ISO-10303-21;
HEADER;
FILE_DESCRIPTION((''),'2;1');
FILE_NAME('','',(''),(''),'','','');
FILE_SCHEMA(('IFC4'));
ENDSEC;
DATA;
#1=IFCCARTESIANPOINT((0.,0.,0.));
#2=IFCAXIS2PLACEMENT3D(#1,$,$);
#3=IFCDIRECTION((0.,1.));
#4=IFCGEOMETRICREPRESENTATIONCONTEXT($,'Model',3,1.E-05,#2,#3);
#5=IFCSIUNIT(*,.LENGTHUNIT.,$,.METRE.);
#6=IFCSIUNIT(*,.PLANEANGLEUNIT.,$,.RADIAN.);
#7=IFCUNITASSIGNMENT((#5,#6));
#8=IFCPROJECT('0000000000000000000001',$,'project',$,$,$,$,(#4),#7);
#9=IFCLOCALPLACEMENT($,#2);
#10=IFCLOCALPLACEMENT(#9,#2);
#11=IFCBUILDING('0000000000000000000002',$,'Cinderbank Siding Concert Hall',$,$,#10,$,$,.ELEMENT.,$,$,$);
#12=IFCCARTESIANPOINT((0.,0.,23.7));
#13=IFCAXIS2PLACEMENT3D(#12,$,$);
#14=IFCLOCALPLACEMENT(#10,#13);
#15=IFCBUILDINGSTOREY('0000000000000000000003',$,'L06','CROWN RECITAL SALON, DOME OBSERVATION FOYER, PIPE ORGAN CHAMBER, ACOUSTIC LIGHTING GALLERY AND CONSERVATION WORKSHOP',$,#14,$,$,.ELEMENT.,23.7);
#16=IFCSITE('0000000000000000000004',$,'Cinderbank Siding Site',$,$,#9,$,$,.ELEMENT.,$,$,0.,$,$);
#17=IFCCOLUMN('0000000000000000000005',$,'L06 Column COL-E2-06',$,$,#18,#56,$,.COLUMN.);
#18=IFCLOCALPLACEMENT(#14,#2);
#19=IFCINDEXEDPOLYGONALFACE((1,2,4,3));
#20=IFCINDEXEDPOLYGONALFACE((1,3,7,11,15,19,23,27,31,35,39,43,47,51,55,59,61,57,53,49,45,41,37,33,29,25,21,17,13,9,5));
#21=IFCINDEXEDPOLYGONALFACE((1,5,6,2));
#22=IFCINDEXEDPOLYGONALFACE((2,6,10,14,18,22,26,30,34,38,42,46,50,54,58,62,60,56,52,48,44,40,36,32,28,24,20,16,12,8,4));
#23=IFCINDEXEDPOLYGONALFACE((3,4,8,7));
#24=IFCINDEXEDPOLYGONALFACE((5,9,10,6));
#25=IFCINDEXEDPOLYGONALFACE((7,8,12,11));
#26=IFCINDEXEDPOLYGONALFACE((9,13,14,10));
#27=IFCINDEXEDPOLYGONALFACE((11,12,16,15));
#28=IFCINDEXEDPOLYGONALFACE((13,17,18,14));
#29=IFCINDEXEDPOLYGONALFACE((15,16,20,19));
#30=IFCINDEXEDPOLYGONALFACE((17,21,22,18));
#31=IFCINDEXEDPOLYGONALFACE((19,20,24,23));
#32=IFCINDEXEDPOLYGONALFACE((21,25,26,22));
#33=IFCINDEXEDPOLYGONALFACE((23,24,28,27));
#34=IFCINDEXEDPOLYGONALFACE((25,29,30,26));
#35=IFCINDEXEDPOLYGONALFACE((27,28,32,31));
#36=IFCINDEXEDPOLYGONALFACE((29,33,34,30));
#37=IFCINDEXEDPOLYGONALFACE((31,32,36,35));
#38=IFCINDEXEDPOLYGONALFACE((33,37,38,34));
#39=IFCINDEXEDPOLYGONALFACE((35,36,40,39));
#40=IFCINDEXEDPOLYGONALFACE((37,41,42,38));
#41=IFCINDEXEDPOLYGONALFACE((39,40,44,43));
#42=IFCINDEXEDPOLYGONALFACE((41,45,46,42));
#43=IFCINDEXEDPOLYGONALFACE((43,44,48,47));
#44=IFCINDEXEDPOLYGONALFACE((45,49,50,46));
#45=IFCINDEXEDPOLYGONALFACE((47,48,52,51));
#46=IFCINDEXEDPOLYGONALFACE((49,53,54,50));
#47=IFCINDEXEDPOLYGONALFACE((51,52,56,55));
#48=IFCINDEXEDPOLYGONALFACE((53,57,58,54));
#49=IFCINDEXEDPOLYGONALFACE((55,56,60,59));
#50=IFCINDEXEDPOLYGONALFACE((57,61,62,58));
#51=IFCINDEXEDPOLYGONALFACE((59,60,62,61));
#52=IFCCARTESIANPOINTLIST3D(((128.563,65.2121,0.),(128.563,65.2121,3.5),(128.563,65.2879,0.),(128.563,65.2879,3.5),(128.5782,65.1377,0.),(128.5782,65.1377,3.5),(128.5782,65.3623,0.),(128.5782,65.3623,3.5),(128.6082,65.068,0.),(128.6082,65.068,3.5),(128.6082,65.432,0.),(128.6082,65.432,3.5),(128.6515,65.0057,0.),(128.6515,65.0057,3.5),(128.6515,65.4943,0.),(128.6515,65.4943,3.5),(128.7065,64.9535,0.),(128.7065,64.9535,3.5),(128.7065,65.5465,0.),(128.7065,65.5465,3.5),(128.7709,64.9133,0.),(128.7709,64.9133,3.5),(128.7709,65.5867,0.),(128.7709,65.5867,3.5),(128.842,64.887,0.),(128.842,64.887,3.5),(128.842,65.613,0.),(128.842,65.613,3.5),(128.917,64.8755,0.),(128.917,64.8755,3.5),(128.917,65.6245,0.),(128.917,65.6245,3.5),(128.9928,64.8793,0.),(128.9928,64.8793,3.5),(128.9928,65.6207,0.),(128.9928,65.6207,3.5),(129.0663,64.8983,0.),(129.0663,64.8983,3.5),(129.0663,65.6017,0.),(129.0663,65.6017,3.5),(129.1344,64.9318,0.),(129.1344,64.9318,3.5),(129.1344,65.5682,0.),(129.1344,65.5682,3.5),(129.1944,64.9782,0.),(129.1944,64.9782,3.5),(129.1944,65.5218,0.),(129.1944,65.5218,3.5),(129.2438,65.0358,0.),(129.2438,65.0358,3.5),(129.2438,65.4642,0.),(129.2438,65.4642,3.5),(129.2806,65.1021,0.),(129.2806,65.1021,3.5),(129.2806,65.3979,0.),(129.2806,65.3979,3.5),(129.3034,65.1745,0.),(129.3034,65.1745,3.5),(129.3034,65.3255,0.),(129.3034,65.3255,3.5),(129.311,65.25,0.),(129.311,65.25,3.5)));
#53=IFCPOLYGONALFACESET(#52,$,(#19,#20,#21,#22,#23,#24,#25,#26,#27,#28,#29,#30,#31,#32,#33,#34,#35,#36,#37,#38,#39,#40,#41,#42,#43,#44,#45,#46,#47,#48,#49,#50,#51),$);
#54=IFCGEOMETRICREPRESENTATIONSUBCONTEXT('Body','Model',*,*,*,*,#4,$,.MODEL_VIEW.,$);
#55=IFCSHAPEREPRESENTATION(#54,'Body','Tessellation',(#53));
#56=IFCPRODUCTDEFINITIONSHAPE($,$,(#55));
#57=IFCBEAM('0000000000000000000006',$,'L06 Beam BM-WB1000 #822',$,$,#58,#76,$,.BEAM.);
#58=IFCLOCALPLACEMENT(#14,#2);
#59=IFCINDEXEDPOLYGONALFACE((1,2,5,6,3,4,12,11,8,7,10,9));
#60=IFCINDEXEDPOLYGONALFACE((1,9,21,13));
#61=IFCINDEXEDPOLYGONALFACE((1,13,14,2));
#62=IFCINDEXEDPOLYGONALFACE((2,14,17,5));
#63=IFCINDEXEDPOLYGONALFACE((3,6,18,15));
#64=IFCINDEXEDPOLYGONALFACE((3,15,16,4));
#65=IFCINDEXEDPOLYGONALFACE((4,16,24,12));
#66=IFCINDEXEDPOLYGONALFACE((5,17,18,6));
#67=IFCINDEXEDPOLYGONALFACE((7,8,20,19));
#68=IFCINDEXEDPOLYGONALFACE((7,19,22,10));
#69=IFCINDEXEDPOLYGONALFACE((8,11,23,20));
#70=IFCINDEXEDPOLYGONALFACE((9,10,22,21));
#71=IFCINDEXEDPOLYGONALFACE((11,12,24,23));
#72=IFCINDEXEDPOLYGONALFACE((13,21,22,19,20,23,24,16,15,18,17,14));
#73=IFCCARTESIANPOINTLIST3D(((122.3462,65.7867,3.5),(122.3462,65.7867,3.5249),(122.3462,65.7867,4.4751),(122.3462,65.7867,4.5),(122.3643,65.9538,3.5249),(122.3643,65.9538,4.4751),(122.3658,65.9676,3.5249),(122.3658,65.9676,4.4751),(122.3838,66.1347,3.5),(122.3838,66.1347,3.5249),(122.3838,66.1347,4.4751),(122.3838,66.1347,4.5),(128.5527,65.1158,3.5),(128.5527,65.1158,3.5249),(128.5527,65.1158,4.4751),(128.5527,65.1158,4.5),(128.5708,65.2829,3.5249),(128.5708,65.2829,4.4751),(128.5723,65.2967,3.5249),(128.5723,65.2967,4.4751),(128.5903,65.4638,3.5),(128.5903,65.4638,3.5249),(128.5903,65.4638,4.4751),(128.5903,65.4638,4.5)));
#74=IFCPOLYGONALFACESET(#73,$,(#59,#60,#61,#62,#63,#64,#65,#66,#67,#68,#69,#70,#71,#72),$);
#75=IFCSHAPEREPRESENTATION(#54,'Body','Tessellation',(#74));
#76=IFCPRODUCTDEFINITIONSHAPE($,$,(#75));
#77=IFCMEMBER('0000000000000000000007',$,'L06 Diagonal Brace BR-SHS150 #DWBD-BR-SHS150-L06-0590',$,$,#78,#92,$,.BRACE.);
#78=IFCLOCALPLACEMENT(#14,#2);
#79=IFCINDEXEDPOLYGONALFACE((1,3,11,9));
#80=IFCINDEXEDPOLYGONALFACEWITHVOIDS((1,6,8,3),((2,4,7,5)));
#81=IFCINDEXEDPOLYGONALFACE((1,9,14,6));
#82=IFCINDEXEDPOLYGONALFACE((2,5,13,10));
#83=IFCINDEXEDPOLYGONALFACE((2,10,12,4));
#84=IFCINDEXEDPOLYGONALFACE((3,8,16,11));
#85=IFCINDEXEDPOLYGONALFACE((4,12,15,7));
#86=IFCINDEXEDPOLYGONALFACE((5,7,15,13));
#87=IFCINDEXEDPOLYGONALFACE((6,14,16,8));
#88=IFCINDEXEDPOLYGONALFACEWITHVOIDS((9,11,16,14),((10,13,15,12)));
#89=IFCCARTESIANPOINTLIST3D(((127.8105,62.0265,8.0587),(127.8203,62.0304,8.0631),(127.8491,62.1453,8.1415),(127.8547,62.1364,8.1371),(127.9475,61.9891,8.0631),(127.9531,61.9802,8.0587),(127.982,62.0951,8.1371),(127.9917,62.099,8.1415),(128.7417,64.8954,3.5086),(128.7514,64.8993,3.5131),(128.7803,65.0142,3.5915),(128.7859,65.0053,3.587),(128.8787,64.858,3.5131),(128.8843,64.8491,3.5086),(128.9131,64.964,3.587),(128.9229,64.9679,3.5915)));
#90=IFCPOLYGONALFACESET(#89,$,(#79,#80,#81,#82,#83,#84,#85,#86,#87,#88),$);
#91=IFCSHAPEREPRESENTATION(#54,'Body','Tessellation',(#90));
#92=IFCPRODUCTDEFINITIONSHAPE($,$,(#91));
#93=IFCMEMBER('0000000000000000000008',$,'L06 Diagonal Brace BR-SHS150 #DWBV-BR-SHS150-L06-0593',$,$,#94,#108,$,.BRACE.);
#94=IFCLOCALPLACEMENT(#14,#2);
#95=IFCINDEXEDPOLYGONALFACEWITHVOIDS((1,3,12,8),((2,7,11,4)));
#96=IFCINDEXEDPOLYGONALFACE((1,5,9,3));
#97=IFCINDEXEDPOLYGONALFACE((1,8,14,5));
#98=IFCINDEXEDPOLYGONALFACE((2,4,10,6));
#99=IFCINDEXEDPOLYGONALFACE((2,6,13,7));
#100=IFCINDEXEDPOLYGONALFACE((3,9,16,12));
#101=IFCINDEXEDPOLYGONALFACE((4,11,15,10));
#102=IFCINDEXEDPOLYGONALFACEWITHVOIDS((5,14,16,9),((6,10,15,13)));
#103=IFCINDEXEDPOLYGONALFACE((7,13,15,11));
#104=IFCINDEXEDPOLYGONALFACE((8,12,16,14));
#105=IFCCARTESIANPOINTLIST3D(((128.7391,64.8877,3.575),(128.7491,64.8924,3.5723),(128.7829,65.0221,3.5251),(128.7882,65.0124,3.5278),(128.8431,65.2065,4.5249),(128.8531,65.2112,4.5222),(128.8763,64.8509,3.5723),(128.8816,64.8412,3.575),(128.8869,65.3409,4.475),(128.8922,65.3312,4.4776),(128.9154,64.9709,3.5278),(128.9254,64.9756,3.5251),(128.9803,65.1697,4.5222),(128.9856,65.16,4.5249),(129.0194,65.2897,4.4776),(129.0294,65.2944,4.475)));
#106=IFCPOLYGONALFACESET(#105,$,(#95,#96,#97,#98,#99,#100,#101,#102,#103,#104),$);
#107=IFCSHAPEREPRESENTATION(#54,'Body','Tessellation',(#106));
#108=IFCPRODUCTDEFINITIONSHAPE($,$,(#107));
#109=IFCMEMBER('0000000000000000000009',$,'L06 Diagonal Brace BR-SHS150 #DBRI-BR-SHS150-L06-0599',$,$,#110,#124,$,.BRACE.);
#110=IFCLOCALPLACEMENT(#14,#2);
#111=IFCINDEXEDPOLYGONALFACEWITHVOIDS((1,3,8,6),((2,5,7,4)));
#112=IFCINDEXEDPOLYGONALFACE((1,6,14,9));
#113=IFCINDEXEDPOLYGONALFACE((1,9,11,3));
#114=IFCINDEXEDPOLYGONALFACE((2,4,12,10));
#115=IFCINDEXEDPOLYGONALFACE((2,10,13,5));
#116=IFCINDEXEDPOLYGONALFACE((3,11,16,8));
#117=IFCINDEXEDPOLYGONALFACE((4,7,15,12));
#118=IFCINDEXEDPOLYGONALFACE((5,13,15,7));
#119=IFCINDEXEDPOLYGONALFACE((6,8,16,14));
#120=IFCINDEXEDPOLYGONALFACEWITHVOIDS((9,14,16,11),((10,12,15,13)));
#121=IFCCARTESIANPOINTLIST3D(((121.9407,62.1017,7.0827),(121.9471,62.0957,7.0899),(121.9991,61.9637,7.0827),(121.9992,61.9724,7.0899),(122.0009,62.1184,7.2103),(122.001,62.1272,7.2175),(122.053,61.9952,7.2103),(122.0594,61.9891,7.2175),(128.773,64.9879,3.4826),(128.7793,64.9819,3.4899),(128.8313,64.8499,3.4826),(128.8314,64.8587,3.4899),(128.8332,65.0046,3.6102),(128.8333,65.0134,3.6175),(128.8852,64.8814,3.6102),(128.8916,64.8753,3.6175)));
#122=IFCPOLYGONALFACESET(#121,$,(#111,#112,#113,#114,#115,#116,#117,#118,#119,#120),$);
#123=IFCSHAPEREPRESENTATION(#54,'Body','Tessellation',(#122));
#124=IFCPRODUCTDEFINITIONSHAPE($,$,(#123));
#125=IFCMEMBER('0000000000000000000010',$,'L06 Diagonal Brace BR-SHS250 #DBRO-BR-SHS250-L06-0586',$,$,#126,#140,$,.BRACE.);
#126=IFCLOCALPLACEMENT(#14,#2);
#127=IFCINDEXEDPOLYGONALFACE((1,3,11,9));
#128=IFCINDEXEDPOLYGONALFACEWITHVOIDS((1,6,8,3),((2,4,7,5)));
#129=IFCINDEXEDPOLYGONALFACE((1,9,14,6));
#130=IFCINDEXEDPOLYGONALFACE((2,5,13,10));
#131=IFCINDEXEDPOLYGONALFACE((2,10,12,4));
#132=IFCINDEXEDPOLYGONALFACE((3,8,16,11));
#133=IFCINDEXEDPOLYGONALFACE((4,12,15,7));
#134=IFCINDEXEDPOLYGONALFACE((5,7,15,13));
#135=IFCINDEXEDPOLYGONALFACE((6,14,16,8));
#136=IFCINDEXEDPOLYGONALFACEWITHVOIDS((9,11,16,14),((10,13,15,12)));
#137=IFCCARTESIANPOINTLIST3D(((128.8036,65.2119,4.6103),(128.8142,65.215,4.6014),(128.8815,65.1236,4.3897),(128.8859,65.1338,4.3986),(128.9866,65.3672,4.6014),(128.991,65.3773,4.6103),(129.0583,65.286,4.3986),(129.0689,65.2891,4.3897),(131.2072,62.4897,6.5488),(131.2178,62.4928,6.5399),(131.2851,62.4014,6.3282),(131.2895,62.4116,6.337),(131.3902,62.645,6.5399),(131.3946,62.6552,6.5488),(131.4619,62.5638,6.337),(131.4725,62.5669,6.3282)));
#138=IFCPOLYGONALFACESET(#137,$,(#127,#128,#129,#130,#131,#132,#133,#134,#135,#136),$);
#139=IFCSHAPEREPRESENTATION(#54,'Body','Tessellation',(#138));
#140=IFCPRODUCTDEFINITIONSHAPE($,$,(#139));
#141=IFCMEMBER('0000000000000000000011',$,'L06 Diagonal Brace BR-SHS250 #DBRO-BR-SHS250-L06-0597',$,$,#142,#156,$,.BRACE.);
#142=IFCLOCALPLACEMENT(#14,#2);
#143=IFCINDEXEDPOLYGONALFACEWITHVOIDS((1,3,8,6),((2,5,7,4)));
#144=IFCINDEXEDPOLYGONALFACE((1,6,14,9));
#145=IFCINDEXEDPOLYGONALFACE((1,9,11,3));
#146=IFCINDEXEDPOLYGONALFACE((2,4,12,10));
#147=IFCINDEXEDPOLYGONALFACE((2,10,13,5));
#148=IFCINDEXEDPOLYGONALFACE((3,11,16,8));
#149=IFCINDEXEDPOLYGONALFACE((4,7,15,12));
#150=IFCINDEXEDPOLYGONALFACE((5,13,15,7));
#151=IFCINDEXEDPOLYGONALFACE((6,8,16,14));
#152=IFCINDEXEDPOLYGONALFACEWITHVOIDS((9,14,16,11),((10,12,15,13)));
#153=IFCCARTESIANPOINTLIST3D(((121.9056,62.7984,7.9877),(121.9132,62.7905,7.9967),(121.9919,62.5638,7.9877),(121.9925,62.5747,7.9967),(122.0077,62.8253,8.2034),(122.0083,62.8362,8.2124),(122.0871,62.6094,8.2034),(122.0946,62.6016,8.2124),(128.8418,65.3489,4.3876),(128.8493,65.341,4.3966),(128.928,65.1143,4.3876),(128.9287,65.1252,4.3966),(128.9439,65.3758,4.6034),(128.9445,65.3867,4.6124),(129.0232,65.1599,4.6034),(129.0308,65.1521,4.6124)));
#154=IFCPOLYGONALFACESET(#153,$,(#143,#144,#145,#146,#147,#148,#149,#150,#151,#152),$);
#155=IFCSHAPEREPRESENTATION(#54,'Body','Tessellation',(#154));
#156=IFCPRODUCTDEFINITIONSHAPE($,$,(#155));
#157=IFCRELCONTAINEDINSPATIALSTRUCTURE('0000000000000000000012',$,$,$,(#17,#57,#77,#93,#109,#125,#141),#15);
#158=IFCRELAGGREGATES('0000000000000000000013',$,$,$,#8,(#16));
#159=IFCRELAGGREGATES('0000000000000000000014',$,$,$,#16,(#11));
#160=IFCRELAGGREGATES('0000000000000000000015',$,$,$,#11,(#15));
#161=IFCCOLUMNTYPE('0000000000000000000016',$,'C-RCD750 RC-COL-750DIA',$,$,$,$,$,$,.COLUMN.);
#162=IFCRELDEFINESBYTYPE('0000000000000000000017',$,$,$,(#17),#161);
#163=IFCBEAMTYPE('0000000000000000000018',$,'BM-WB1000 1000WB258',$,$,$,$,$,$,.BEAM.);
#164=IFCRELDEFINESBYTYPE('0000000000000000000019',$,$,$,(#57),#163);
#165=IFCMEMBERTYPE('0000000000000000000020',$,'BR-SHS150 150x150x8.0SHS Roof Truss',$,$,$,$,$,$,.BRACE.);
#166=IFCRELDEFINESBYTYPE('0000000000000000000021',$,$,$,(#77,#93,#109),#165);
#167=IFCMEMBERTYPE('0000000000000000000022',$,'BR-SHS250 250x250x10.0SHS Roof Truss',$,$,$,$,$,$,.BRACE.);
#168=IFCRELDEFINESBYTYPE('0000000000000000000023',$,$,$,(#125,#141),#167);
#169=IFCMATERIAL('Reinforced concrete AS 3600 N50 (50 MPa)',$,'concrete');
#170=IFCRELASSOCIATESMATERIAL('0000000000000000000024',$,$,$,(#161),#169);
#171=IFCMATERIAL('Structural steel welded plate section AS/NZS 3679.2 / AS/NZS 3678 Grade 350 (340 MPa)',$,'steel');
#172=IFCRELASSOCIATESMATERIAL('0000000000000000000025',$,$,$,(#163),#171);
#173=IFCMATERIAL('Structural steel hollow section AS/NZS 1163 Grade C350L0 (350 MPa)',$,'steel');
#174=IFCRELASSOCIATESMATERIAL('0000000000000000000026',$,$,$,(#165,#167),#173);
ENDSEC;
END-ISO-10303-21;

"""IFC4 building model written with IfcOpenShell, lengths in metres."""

from ifc_helpers import new_model, si_unit, direction, frame, origin, origin_2d, place, context, subcontext, project, spatial, hollow_rectangle, circle, i_section, extrude, material, material_profile, profile_set, type_object, element, save


model = new_model("IFC4")

# Units and contexts
model_context = context("Model", 3, precision=1e-05, world=origin(), true_north=direction((0.0, 1.0)))
body_context = subcontext(model_context, "Body", "Model", "MODEL_VIEW")
ifc_project = project(units=[si_unit("LENGTHUNIT", "METRE"), si_unit("PLANEANGLEUNIT", "RADIAN")], contexts=[model_context])

# Site, building, storey
site_placement = place(None, origin())
site = spatial("IfcSite", under=ifc_project, at=site_placement, Name="Cinderbank Siding Site", CompositionType="ELEMENT", RefElevation=0.0)
building_placement = place(site_placement, origin())
building = spatial("IfcBuilding", under=site, at=building_placement, Name="Cinderbank Siding Concert Hall", CompositionType="ELEMENT")
storey_placement = place(building_placement, frame((0.0, 0.0, 23.7)))
storey = spatial("IfcBuildingStorey", under=building, at=storey_placement, Name="L06", Description="CROWN RECITAL SALON, DOME OBSERVATION FOYER, PIPE ORGAN CHAMBER, ACOUSTIC LIGHTING GALLERY AND CONSERVATION WORKSHOP", CompositionType="ELEMENT", Elevation=23.7)

# Column
ifc_material_1 = material(Name="Reinforced concrete AS 3600 N50 (50 MPa)", Category="concrete")
ifc_material_profile_1 = material_profile(ifc_material_1, circle(Radius=0.375, at=origin_2d()), Name="RC-COL-750DIA", Category="LoadBearing")
ifc_profile_set_1 = profile_set([ifc_material_profile_1], Name="Reinforced concrete AS 3600 N50 (50 MPa)")
column_type = type_object("IfcColumnType", Name="C-RCD750 RC-COL-750DIA", PredefinedType="COLUMN", material=ifc_profile_set_1)
column_placement = place(storey_placement, frame((128.936, 65.25, 0.0), z_axis=(0.0, 0.0, 1.0), x_axis=(1.0, 0.0, 0.0)))
element("IfcColumn", 1, at=column_placement, inside=storey, type_object=column_type, Name="L06 Column COL-E2-06", PredefinedType="COLUMN", context=body_context, shape_type="SweptSolid", body=[
    extrude(circle(Radius=0.375, at=origin_2d()), origin(), (0.0, 0.0, 1.0), 3.5),
])

# Beam
ifc_material_2 = material(Name="Structural steel welded plate section AS/NZS 3679.2 / AS/NZS 3678 Grade 350 (340 MPa)", Category="steel")
ifc_material_profile_2 = material_profile(ifc_material_2, i_section(OverallWidth=0.3501, OverallDepth=1.0, WebThickness=0.0139, FlangeThickness=0.0249, at=origin_2d()), Name="1000WB258", Category="LoadBearing")
ifc_profile_set_2 = profile_set([ifc_material_profile_2], Name="Structural steel welded plate section AS/NZS 3679.2 / AS/NZS 3678 Grade 350 (340 MPa)")
beam_type = type_object("IfcBeamType", Name="BM-WB1000 1000WB258", PredefinedType="BEAM", material=ifc_profile_set_2)
beam_placement = place(storey_placement, frame((128.5715, 65.2898, 4.0), z_axis=(-0.994208, 0.107469, 0.0), x_axis=(-0.107469, -0.994208, 0.0)))
element("IfcBeam", 2, at=beam_placement, inside=storey, type_object=beam_type, Name="L06 Beam BM-WB1000 #822", PredefinedType="BEAM", context=body_context, shape_type="SweptSolid", body=[
    extrude(i_section(OverallWidth=0.3501, OverallDepth=1.0, WebThickness=0.0139, FlangeThickness=0.0249, at=origin_2d()), origin(), (0.0, 0.0, 1.0), 6.2427),
])

# Members
ifc_material_3 = material(Name="Structural steel hollow section AS/NZS 1163 Grade C350L0 (350 MPa)", Category="steel")
ifc_material_profile_3 = material_profile(ifc_material_3, hollow_rectangle(XDim=0.1499, YDim=0.1499, WallThickness=0.0081, at=origin_2d()), Name="150x150x8.0SHS", Category="LoadBearing")
ifc_profile_set_3 = profile_set([ifc_material_profile_3], Name="Structural steel hollow section AS/NZS 1163 Grade C350L0 (350 MPa)")
member_type_1 = type_object("IfcMemberType", Name="BR-SHS150 150x150x8.0SHS Roof Truss", PredefinedType="BRACE", material=ifc_profile_set_3)
member_1_placement = place(storey_placement, frame((128.8323, 64.9316, 3.55), z_axis=(-0.170572, -0.525536, 0.833497), x_axis=(0.951155, -0.308715, 0.0)))
element("IfcMember", 3, at=member_1_placement, inside=storey, type_object=member_type_1, Name="L06 Diagonal Brace BR-SHS150 #DWBD-BR-SHS150-L06-0590", PredefinedType="BRACE", context=body_context, shape_type="SweptSolid", body=[
    extrude(hollow_rectangle(XDim=0.1499, YDim=0.1499, WallThickness=0.0081, at=origin_2d()), origin(), (0.0, 0.0, 1.0), 5.459),
])
member_2_placement = place(storey_placement, frame((128.8323, 64.9316, 3.55), z_axis=(0.103238, 0.3165, 0.942958), x_axis=(-0.950702, 0.310106, 0.0)))
element("IfcMember", 4, at=member_2_placement, inside=storey, type_object=member_type_1, Name="L06 Diagonal Brace BR-SHS150 #DWBV-BR-SHS150-L06-0593", PredefinedType="BRACE", context=body_context, shape_type="SweptSolid", body=[
    extrude(hollow_rectangle(XDim=0.1499, YDim=0.1499, WallThickness=0.0081, at=origin_2d()), origin(), (0.0, 0.0, 1.0), 1.0073),
])
member_3_placement = place(storey_placement, frame((128.8323, 64.9316, 3.55), z_axis=(-0.828712, -0.350081, 0.436669), x_axis=(0.389143, -0.921177, 0.0)))
element("IfcMember", 5, at=member_3_placement, inside=storey, type_object=member_type_1, Name="L06 Diagonal Brace BR-SHS150 #DBRI-BR-SHS150-L06-0599", PredefinedType="BRACE", context=body_context, shape_type="SweptSolid", body=[
    extrude(hollow_rectangle(XDim=0.1499, YDim=0.1499, WallThickness=0.0081, at=origin_2d()), origin(), (0.0, 0.0, 1.0), 8.2444),
])
ifc_material_profile_4 = material_profile(ifc_material_3, hollow_rectangle(XDim=0.25, YDim=0.25, WallThickness=0.01, at=origin_2d()), Name="250x250x10.0SHS", Category="LoadBearing")
ifc_profile_set_4 = profile_set([ifc_material_profile_4], Name="Structural steel hollow section AS/NZS 1163 Grade C350L0 (350 MPa)")
member_type_2 = type_object("IfcMemberType", Name="BR-SHS250 250x250x10.0SHS Roof Truss", PredefinedType="BRACE", material=ifc_profile_set_4)
member_4_placement = place(storey_placement, frame((128.9363, 65.2505, 4.5), z_axis=(0.583895, -0.661293, 0.470912), x_axis=(0.749612, 0.661877, 0.0)))
element("IfcMember", 6, at=member_4_placement, inside=storey, type_object=member_type_2, Name="L06 Diagonal Brace BR-SHS250 #DBRO-BR-SHS250-L06-0586", PredefinedType="BRACE", context=body_context, shape_type="SweptSolid", body=[
    extrude(hollow_rectangle(XDim=0.25, YDim=0.25, WallThickness=0.01, at=origin_2d()), origin(), (0.0, 0.0, 1.0), 4.1165),
])
member_5_placement = place(storey_placement, frame((128.9363, 65.2505, 4.5), z_axis=(-0.84377, -0.310262, 0.437937), x_axis=(0.345117, -0.93856, 0.0)))
element("IfcMember", 7, at=member_5_placement, inside=storey, type_object=member_type_2, Name="L06 Diagonal Brace BR-SHS250 #DBRO-BR-SHS250-L06-0597", PredefinedType="BRACE", context=body_context, shape_type="SweptSolid", body=[
    extrude(hollow_rectangle(XDim=0.25, YDim=0.25, WallThickness=0.01, at=origin_2d()), origin(), (0.0, 0.0, 1.0), 8.2205),
])

save(model, "model.ifc")
